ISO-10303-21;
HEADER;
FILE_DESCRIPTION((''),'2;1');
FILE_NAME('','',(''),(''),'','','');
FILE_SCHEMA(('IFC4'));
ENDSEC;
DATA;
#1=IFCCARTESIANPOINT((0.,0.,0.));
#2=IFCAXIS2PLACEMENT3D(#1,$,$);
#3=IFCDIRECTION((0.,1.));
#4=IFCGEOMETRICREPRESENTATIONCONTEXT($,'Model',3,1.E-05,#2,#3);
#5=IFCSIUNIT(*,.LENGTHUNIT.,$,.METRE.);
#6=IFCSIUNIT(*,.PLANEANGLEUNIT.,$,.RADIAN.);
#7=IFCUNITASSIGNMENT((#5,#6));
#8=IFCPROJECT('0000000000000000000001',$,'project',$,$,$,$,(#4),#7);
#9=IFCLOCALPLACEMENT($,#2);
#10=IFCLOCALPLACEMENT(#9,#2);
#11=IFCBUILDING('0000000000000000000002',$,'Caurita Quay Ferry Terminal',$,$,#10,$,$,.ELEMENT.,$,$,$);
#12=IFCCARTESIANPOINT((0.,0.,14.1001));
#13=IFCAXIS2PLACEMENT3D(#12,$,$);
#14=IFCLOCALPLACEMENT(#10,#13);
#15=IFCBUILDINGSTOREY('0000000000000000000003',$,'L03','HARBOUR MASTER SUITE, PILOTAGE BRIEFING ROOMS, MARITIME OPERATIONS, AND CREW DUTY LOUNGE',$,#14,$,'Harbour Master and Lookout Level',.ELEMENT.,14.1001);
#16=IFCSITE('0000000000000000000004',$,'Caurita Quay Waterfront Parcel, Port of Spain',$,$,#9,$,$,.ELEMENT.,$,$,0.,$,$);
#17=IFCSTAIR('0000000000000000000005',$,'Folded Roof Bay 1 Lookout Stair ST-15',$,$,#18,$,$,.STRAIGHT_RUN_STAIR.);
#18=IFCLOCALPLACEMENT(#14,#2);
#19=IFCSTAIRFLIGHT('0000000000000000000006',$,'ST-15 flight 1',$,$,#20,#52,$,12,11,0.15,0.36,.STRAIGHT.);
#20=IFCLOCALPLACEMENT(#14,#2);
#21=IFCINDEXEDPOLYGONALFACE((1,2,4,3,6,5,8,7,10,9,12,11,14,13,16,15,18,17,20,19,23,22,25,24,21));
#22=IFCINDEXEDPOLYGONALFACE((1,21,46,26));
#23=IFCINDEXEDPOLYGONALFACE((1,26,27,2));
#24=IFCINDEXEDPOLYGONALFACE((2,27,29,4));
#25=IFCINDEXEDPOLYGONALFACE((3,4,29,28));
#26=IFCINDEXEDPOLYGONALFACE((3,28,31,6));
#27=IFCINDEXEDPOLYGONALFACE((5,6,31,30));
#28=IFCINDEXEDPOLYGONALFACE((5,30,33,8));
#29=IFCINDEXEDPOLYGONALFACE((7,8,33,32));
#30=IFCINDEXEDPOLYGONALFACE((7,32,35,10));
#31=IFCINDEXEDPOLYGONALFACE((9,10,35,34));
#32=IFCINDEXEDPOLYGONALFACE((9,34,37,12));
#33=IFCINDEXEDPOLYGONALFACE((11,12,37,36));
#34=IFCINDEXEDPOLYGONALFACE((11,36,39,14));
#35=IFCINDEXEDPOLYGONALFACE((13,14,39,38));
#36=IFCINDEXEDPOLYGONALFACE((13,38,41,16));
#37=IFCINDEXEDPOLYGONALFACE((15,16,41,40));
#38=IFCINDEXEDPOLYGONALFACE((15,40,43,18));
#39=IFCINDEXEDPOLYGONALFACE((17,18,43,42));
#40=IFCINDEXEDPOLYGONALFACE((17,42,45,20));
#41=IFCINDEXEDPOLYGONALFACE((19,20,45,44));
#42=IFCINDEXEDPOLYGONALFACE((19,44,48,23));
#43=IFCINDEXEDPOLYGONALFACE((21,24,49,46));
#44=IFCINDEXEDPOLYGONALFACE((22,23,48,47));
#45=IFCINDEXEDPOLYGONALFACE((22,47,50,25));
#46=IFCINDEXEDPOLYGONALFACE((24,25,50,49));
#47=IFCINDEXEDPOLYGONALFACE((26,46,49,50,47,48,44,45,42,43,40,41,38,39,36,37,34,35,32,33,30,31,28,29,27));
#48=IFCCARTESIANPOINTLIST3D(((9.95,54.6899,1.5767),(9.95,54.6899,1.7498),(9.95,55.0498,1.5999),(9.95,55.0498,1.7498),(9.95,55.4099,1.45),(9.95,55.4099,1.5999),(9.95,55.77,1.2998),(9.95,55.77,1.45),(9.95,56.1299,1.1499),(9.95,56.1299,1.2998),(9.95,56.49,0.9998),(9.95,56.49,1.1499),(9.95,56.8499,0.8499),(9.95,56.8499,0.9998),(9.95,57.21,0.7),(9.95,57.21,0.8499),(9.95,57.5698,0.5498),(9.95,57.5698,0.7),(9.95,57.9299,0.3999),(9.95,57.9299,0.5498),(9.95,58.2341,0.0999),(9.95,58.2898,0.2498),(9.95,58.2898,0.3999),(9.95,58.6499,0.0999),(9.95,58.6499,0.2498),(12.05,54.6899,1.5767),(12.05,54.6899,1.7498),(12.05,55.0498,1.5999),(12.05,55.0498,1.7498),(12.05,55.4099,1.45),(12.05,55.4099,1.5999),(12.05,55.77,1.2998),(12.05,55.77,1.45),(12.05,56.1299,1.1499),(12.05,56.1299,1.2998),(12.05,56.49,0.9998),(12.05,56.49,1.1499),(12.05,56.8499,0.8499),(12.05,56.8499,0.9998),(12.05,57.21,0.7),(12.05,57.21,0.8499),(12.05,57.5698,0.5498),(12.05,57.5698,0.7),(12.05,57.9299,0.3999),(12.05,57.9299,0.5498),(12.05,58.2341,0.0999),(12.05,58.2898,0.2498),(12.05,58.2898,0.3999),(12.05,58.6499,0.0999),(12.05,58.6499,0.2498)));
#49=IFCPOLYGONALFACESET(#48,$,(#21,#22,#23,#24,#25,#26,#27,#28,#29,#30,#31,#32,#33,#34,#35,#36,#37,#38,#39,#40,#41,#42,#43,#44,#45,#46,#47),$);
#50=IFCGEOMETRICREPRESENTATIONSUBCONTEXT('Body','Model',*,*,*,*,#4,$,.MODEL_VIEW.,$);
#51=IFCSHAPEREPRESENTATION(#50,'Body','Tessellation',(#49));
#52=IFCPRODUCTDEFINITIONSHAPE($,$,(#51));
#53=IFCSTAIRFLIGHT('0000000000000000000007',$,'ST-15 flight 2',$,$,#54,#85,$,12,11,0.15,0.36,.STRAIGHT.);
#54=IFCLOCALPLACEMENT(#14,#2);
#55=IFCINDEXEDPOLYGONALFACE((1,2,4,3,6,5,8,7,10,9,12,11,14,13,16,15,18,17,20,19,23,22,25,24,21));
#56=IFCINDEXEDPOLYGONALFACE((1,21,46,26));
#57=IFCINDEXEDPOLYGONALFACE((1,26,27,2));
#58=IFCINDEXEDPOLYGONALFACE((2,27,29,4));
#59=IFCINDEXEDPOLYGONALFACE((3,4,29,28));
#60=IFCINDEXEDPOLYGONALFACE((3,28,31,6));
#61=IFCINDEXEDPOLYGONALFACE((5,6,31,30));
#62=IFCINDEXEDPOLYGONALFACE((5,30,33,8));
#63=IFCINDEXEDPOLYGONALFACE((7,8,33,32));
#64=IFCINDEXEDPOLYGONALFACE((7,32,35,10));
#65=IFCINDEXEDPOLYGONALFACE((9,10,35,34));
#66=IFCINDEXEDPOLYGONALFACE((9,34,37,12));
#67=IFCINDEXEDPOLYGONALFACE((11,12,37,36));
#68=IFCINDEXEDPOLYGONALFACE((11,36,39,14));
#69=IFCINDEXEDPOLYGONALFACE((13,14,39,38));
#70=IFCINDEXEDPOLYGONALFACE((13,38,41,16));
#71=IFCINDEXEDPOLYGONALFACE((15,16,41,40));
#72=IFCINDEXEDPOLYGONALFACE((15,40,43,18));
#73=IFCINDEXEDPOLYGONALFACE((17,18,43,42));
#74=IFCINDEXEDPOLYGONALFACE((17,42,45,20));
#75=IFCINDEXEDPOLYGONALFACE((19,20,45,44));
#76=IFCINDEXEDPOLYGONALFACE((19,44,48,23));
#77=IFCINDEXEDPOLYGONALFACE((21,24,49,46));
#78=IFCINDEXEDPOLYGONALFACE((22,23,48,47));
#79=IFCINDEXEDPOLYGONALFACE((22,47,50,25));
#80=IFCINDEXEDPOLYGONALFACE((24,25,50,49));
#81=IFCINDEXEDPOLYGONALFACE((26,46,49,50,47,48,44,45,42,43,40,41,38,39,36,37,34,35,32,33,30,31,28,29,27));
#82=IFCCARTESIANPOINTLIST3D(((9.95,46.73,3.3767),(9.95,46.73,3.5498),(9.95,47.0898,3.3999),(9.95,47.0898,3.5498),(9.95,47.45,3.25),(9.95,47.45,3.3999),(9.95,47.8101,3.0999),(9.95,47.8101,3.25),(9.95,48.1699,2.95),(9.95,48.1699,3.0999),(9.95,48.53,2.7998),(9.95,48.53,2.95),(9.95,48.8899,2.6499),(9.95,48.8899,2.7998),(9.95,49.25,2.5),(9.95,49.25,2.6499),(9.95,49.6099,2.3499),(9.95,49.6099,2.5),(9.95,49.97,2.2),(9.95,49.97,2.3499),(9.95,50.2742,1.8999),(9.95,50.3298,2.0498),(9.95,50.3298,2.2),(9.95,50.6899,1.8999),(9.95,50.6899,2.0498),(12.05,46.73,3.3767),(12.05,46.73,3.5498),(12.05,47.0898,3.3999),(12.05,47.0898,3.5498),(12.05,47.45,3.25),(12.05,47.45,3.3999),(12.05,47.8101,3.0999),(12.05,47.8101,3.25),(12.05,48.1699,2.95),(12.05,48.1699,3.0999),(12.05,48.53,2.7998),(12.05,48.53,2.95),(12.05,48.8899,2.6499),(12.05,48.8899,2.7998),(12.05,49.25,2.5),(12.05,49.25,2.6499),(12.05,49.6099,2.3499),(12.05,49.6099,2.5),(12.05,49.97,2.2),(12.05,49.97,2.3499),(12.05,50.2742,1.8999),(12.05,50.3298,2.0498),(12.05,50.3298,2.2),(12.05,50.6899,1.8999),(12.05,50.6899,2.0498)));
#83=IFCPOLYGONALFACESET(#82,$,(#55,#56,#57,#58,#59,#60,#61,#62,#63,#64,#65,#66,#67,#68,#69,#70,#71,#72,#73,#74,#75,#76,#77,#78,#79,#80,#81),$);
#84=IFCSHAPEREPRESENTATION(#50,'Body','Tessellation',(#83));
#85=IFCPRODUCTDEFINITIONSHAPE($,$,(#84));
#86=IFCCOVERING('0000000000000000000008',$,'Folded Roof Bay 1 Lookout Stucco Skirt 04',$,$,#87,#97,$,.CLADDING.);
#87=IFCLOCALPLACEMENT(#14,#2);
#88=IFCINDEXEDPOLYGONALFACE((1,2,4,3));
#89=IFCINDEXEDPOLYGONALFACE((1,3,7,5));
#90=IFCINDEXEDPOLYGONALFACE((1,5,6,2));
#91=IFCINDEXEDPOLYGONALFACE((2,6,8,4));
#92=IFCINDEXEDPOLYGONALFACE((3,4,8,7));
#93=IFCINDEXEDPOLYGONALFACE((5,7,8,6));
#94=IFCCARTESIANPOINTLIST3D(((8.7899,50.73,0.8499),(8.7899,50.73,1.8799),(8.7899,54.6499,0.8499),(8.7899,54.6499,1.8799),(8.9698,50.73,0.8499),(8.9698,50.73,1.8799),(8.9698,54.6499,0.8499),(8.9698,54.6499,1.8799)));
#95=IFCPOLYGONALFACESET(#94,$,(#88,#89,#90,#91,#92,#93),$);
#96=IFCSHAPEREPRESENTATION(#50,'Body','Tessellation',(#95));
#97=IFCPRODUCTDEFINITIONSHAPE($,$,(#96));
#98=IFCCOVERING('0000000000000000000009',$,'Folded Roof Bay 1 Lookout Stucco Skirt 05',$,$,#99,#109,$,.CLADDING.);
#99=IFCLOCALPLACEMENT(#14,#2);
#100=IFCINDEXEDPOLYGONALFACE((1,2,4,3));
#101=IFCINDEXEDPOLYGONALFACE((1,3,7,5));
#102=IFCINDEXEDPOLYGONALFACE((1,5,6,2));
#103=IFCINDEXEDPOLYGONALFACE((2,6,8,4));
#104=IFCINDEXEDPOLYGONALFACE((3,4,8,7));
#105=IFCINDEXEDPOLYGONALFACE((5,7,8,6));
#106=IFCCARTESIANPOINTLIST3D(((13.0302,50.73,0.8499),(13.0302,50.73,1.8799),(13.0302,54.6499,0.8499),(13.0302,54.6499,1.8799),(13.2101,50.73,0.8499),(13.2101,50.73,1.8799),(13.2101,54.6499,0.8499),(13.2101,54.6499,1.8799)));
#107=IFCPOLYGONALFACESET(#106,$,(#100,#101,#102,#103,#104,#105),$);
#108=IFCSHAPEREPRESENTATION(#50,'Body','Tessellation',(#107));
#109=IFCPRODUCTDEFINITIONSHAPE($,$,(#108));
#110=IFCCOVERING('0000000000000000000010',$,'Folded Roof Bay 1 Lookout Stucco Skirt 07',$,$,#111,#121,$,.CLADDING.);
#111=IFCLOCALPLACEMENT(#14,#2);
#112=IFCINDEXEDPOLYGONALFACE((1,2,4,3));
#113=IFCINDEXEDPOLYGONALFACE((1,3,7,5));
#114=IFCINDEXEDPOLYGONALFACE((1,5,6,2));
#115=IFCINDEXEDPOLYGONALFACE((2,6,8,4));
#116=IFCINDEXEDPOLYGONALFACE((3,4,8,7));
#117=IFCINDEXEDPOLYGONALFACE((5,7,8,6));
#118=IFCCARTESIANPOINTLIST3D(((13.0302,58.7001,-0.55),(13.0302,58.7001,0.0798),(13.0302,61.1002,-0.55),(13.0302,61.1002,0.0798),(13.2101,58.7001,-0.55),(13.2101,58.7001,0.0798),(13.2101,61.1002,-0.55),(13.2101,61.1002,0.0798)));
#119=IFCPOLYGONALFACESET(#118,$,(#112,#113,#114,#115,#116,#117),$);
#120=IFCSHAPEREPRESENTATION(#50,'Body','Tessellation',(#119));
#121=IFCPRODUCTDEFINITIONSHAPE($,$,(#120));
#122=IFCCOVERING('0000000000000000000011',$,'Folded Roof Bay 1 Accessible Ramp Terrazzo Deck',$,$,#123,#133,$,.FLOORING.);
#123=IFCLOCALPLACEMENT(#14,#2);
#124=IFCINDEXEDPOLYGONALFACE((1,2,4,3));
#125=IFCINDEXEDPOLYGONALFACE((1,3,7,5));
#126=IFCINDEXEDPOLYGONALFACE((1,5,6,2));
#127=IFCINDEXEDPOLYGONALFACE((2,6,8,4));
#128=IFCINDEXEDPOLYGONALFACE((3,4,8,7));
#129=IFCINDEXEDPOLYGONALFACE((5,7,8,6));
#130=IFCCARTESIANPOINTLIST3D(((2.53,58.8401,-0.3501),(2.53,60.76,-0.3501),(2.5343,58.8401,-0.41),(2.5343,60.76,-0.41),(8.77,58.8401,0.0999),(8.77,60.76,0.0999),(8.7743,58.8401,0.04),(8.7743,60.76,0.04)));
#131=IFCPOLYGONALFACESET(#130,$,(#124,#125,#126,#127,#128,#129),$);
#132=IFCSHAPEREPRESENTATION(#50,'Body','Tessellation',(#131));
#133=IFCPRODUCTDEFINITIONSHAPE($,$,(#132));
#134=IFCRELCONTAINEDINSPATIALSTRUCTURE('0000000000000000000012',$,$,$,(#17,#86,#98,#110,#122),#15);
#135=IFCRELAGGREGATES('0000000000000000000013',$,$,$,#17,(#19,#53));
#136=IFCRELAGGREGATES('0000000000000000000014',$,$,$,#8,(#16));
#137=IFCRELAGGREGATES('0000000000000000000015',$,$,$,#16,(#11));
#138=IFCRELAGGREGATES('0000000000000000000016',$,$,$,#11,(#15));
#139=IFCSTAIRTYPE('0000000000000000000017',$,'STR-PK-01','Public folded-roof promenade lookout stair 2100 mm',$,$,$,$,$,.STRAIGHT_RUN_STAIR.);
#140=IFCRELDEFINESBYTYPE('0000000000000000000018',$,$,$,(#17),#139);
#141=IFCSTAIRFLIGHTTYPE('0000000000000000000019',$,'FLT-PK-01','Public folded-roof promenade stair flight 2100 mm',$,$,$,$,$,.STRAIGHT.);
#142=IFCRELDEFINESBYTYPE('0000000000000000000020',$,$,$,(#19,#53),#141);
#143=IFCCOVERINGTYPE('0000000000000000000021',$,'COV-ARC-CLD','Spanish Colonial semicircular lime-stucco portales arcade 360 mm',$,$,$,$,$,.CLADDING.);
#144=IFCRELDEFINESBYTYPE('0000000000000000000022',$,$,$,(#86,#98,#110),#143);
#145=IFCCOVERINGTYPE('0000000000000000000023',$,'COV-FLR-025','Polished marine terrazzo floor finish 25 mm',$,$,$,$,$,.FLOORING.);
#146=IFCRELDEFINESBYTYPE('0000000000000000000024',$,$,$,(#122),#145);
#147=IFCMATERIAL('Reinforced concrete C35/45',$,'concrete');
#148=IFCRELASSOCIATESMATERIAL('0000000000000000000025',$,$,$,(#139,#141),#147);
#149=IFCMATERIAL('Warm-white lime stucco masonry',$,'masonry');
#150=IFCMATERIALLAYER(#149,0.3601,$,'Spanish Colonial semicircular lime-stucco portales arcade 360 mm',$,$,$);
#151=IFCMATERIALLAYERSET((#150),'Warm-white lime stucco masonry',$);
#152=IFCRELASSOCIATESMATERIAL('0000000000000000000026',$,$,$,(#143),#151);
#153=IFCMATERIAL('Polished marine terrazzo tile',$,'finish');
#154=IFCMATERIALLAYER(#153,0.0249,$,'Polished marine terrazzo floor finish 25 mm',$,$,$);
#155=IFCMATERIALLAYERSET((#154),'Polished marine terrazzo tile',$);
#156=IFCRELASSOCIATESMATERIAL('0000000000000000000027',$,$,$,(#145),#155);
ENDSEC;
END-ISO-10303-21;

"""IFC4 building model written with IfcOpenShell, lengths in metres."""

from ifc_helpers import new_model, si_unit, direction, frame, frame_2d, origin, place, context, subcontext, project, spatial, polyline, rectangle, outline, extrude, material, layer, layer_set, type_object, element, aggregate, save


model = new_model("IFC4")

# Units and contexts
model_context = context("Model", 3, precision=1e-05, world=origin(), true_north=direction((0.0, 1.0)))
body_context = subcontext(model_context, "Body", "Model", "MODEL_VIEW")
ifc_project = project(units=[si_unit("LENGTHUNIT", "METRE"), si_unit("PLANEANGLEUNIT", "RADIAN")], contexts=[model_context])

# Site, building, storey
site_placement = place(None, origin())
site = spatial("IfcSite", under=ifc_project, at=site_placement, Name="Caurita Quay Waterfront Parcel, Port of Spain", CompositionType="ELEMENT", RefElevation=0.0)
building_placement = place(site_placement, origin())
building = spatial("IfcBuilding", under=site, at=building_placement, Name="Caurita Quay Ferry Terminal", CompositionType="ELEMENT")
storey_placement = place(building_placement, frame((0.0, 0.0, 14.1001)))
storey = spatial("IfcBuildingStorey", under=building, at=storey_placement, Name="L03", Description="HARBOUR MASTER SUITE, PILOTAGE BRIEFING ROOMS, MARITIME OPERATIONS, AND CREW DUTY LOUNGE", LongName="Harbour Master and Lookout Level", CompositionType="ELEMENT", Elevation=14.1001)

# Stair, stair flights
ifc_material_1 = material(Name="Reinforced concrete C35/45", Category="concrete")
stair_type = type_object("IfcStairType", Name="STR-PK-01", Description="Public folded-roof promenade lookout stair 2100 mm", PredefinedType="STRAIGHT_RUN_STAIR", material=ifc_material_1)
stair_placement = place(storey_placement, origin())
stair = element("IfcStair", 1, at=stair_placement, inside=storey, type_object=stair_type, Name="Folded Roof Bay 1 Lookout Stair ST-15", PredefinedType="STRAIGHT_RUN_STAIR")
stair_flight_type = type_object("IfcStairFlightType", Name="FLT-PK-01", Description="Public folded-roof promenade stair flight 2100 mm", PredefinedType="STRAIGHT", material=ifc_material_1)
stair_flight_1_placement = place(storey_placement, frame((11.0, 58.6499, 0.0999), z_axis=(0.0, 0.0, 1.0), x_axis=(0.0, -1.0, 0.0)))
stair_flight_1 = element("IfcStairFlight", 2, at=stair_flight_1_placement, type_object=stair_flight_type, Name="ST-15 flight 1", NumberOfRisers=12, NumberOfTreads=11, PredefinedType="STRAIGHT", RiserHeight=0.15, TreadLength=0.36, context=body_context, shape_type="SweptSolid", body=[
    extrude(outline(polyline([(0.0, 0.0), (0.0, 0.1499), (0.3601, 0.1499), (0.3601, 0.3), (0.72, 0.3), (0.72, 0.45), (1.0801, 0.45), (1.0801, 0.6001), (1.4399, 0.6001), (1.4399, 0.75), (1.8, 0.75), (1.8, 0.8999), (2.1599, 0.8999), (2.1599, 1.05), (2.52, 1.05), (2.52, 1.2), (2.8799, 1.2), (2.8799, 1.3501), (3.24, 1.3501), (3.24, 1.5), (3.6001, 1.5), (3.6001, 1.6499), (3.96, 1.6499), (3.96, 1.8), (3.96, 1.4768), (0.4158, 0.0), (0.0, 0.0)])), frame((0.0, 1.05, 0.0), z_axis=(0.0, -1.0, 0.0), x_axis=(1.0, 0.0, 0.0)), (0.0, 0.0, 1.0), 2.1001),
])
stair_flight_2_placement = place(storey_placement, frame((11.0, 50.6899, 1.8999), z_axis=(0.0, 0.0, 1.0), x_axis=(0.0, -1.0, 0.0)))
stair_flight_2 = element("IfcStairFlight", 3, at=stair_flight_2_placement, type_object=stair_flight_type, Name="ST-15 flight 2", NumberOfRisers=12, NumberOfTreads=11, PredefinedType="STRAIGHT", RiserHeight=0.15, TreadLength=0.36, context=body_context, shape_type="SweptSolid", body=[
    extrude(outline(polyline([(0.0, 0.0), (0.0, 0.1499), (0.3601, 0.1499), (0.3601, 0.3), (0.72, 0.3), (0.72, 0.45), (1.0801, 0.45), (1.0801, 0.6001), (1.4399, 0.6001), (1.4399, 0.75), (1.8, 0.75), (1.8, 0.8999), (2.1599, 0.8999), (2.1599, 1.05), (2.52, 1.05), (2.52, 1.2), (2.8799, 1.2), (2.8799, 1.3501), (3.24, 1.3501), (3.24, 1.5), (3.6001, 1.5), (3.6001, 1.6499), (3.96, 1.6499), (3.96, 1.8), (3.96, 1.4768), (0.4158, 0.0), (0.0, 0.0)])), frame((0.0, 1.05, 0.0), z_axis=(0.0, -1.0, 0.0), x_axis=(1.0, 0.0, 0.0)), (0.0, 0.0, 1.0), 2.1001),
])
aggregate(stair, [stair_flight_1, stair_flight_2])

# Coverings
ifc_material_2 = material(Name="Warm-white lime stucco masonry", Category="masonry")
ifc_layer_1 = layer(ifc_material_2, 0.3601, Name="Spanish Colonial semicircular lime-stucco portales arcade 360 mm")
ifc_layer_set_1 = layer_set([ifc_layer_1], Name="Warm-white lime stucco masonry")
covering_type_1 = type_object("IfcCoveringType", Name="COV-ARC-CLD", Description="Spanish Colonial semicircular lime-stucco portales arcade 360 mm", PredefinedType="CLADDING", material=ifc_layer_set_1)
for number, where, z_axis, x_axis, name in (
    (4, (8.8799, 54.6499, 0.8499), (0.0, 0.0, 1.0), (0.0, -1.0, 0.0), "Folded Roof Bay 1 Lookout Stucco Skirt 04"),
    (5, (13.1201, 50.73, 0.8499), (0.0, 0.0, 1.0), (0.0, 1.0, 0.0), "Folded Roof Bay 1 Lookout Stucco Skirt 05"),
):
    element("IfcCovering", number, at=place(storey_placement, frame(where, z_axis=z_axis, x_axis=x_axis)), inside=storey, type_object=covering_type_1, Name=name, PredefinedType="CLADDING", context=body_context, shape_type="SweptSolid", body=[
        extrude(rectangle(XDim=3.9199, YDim=0.1799, at=frame_2d((1.96, 0.0))), origin(), (0.0, 0.0, 1.0), 1.03),
    ])
covering_1_placement = place(storey_placement, frame((13.1201, 58.7, -0.55), z_axis=(0.0, 0.0, 1.0), x_axis=(0.0, 1.0, 0.0)))
element("IfcCovering", 6, at=covering_1_placement, inside=storey, type_object=covering_type_1, Name="Folded Roof Bay 1 Lookout Stucco Skirt 07", PredefinedType="CLADDING", context=body_context, shape_type="SweptSolid", body=[
    extrude(rectangle(XDim=2.4001, YDim=0.1799, at=frame_2d((1.2002, 0.0))), origin(), (0.0, 0.0, 1.0), 0.6299),
])
ifc_material_3 = material(Name="Polished marine terrazzo tile", Category="finish")
ifc_layer_2 = layer(ifc_material_3, 0.0249, Name="Polished marine terrazzo floor finish 25 mm")
ifc_layer_set_2 = layer_set([ifc_layer_2], Name="Polished marine terrazzo tile")
covering_type_2 = type_object("IfcCoveringType", Name="COV-FLR-025", Description="Polished marine terrazzo floor finish 25 mm", PredefinedType="FLOORING", material=ifc_layer_set_2)
covering_2_placement = place(storey_placement, frame((2.53, 58.8401, -0.3501), z_axis=(-0.071921, 0.0, 0.99741), x_axis=(0.99741, 0.0, 0.071921)))
element("IfcCovering", 7, at=covering_2_placement, inside=storey, type_object=covering_type_2, Name="Folded Roof Bay 1 Accessible Ramp Terrazzo Deck", PredefinedType="FLOORING", context=body_context, shape_type="SweptSolid", body=[
    extrude(outline(polyline([(0.0, 0.0), (6.2562, 0.0), (6.2562, 1.9199), (0.0, 1.9199), (0.0, 0.0)])), origin(), (0.0, 0.0, -1.0), 0.0601),
])

save(model, "model.ifc")
